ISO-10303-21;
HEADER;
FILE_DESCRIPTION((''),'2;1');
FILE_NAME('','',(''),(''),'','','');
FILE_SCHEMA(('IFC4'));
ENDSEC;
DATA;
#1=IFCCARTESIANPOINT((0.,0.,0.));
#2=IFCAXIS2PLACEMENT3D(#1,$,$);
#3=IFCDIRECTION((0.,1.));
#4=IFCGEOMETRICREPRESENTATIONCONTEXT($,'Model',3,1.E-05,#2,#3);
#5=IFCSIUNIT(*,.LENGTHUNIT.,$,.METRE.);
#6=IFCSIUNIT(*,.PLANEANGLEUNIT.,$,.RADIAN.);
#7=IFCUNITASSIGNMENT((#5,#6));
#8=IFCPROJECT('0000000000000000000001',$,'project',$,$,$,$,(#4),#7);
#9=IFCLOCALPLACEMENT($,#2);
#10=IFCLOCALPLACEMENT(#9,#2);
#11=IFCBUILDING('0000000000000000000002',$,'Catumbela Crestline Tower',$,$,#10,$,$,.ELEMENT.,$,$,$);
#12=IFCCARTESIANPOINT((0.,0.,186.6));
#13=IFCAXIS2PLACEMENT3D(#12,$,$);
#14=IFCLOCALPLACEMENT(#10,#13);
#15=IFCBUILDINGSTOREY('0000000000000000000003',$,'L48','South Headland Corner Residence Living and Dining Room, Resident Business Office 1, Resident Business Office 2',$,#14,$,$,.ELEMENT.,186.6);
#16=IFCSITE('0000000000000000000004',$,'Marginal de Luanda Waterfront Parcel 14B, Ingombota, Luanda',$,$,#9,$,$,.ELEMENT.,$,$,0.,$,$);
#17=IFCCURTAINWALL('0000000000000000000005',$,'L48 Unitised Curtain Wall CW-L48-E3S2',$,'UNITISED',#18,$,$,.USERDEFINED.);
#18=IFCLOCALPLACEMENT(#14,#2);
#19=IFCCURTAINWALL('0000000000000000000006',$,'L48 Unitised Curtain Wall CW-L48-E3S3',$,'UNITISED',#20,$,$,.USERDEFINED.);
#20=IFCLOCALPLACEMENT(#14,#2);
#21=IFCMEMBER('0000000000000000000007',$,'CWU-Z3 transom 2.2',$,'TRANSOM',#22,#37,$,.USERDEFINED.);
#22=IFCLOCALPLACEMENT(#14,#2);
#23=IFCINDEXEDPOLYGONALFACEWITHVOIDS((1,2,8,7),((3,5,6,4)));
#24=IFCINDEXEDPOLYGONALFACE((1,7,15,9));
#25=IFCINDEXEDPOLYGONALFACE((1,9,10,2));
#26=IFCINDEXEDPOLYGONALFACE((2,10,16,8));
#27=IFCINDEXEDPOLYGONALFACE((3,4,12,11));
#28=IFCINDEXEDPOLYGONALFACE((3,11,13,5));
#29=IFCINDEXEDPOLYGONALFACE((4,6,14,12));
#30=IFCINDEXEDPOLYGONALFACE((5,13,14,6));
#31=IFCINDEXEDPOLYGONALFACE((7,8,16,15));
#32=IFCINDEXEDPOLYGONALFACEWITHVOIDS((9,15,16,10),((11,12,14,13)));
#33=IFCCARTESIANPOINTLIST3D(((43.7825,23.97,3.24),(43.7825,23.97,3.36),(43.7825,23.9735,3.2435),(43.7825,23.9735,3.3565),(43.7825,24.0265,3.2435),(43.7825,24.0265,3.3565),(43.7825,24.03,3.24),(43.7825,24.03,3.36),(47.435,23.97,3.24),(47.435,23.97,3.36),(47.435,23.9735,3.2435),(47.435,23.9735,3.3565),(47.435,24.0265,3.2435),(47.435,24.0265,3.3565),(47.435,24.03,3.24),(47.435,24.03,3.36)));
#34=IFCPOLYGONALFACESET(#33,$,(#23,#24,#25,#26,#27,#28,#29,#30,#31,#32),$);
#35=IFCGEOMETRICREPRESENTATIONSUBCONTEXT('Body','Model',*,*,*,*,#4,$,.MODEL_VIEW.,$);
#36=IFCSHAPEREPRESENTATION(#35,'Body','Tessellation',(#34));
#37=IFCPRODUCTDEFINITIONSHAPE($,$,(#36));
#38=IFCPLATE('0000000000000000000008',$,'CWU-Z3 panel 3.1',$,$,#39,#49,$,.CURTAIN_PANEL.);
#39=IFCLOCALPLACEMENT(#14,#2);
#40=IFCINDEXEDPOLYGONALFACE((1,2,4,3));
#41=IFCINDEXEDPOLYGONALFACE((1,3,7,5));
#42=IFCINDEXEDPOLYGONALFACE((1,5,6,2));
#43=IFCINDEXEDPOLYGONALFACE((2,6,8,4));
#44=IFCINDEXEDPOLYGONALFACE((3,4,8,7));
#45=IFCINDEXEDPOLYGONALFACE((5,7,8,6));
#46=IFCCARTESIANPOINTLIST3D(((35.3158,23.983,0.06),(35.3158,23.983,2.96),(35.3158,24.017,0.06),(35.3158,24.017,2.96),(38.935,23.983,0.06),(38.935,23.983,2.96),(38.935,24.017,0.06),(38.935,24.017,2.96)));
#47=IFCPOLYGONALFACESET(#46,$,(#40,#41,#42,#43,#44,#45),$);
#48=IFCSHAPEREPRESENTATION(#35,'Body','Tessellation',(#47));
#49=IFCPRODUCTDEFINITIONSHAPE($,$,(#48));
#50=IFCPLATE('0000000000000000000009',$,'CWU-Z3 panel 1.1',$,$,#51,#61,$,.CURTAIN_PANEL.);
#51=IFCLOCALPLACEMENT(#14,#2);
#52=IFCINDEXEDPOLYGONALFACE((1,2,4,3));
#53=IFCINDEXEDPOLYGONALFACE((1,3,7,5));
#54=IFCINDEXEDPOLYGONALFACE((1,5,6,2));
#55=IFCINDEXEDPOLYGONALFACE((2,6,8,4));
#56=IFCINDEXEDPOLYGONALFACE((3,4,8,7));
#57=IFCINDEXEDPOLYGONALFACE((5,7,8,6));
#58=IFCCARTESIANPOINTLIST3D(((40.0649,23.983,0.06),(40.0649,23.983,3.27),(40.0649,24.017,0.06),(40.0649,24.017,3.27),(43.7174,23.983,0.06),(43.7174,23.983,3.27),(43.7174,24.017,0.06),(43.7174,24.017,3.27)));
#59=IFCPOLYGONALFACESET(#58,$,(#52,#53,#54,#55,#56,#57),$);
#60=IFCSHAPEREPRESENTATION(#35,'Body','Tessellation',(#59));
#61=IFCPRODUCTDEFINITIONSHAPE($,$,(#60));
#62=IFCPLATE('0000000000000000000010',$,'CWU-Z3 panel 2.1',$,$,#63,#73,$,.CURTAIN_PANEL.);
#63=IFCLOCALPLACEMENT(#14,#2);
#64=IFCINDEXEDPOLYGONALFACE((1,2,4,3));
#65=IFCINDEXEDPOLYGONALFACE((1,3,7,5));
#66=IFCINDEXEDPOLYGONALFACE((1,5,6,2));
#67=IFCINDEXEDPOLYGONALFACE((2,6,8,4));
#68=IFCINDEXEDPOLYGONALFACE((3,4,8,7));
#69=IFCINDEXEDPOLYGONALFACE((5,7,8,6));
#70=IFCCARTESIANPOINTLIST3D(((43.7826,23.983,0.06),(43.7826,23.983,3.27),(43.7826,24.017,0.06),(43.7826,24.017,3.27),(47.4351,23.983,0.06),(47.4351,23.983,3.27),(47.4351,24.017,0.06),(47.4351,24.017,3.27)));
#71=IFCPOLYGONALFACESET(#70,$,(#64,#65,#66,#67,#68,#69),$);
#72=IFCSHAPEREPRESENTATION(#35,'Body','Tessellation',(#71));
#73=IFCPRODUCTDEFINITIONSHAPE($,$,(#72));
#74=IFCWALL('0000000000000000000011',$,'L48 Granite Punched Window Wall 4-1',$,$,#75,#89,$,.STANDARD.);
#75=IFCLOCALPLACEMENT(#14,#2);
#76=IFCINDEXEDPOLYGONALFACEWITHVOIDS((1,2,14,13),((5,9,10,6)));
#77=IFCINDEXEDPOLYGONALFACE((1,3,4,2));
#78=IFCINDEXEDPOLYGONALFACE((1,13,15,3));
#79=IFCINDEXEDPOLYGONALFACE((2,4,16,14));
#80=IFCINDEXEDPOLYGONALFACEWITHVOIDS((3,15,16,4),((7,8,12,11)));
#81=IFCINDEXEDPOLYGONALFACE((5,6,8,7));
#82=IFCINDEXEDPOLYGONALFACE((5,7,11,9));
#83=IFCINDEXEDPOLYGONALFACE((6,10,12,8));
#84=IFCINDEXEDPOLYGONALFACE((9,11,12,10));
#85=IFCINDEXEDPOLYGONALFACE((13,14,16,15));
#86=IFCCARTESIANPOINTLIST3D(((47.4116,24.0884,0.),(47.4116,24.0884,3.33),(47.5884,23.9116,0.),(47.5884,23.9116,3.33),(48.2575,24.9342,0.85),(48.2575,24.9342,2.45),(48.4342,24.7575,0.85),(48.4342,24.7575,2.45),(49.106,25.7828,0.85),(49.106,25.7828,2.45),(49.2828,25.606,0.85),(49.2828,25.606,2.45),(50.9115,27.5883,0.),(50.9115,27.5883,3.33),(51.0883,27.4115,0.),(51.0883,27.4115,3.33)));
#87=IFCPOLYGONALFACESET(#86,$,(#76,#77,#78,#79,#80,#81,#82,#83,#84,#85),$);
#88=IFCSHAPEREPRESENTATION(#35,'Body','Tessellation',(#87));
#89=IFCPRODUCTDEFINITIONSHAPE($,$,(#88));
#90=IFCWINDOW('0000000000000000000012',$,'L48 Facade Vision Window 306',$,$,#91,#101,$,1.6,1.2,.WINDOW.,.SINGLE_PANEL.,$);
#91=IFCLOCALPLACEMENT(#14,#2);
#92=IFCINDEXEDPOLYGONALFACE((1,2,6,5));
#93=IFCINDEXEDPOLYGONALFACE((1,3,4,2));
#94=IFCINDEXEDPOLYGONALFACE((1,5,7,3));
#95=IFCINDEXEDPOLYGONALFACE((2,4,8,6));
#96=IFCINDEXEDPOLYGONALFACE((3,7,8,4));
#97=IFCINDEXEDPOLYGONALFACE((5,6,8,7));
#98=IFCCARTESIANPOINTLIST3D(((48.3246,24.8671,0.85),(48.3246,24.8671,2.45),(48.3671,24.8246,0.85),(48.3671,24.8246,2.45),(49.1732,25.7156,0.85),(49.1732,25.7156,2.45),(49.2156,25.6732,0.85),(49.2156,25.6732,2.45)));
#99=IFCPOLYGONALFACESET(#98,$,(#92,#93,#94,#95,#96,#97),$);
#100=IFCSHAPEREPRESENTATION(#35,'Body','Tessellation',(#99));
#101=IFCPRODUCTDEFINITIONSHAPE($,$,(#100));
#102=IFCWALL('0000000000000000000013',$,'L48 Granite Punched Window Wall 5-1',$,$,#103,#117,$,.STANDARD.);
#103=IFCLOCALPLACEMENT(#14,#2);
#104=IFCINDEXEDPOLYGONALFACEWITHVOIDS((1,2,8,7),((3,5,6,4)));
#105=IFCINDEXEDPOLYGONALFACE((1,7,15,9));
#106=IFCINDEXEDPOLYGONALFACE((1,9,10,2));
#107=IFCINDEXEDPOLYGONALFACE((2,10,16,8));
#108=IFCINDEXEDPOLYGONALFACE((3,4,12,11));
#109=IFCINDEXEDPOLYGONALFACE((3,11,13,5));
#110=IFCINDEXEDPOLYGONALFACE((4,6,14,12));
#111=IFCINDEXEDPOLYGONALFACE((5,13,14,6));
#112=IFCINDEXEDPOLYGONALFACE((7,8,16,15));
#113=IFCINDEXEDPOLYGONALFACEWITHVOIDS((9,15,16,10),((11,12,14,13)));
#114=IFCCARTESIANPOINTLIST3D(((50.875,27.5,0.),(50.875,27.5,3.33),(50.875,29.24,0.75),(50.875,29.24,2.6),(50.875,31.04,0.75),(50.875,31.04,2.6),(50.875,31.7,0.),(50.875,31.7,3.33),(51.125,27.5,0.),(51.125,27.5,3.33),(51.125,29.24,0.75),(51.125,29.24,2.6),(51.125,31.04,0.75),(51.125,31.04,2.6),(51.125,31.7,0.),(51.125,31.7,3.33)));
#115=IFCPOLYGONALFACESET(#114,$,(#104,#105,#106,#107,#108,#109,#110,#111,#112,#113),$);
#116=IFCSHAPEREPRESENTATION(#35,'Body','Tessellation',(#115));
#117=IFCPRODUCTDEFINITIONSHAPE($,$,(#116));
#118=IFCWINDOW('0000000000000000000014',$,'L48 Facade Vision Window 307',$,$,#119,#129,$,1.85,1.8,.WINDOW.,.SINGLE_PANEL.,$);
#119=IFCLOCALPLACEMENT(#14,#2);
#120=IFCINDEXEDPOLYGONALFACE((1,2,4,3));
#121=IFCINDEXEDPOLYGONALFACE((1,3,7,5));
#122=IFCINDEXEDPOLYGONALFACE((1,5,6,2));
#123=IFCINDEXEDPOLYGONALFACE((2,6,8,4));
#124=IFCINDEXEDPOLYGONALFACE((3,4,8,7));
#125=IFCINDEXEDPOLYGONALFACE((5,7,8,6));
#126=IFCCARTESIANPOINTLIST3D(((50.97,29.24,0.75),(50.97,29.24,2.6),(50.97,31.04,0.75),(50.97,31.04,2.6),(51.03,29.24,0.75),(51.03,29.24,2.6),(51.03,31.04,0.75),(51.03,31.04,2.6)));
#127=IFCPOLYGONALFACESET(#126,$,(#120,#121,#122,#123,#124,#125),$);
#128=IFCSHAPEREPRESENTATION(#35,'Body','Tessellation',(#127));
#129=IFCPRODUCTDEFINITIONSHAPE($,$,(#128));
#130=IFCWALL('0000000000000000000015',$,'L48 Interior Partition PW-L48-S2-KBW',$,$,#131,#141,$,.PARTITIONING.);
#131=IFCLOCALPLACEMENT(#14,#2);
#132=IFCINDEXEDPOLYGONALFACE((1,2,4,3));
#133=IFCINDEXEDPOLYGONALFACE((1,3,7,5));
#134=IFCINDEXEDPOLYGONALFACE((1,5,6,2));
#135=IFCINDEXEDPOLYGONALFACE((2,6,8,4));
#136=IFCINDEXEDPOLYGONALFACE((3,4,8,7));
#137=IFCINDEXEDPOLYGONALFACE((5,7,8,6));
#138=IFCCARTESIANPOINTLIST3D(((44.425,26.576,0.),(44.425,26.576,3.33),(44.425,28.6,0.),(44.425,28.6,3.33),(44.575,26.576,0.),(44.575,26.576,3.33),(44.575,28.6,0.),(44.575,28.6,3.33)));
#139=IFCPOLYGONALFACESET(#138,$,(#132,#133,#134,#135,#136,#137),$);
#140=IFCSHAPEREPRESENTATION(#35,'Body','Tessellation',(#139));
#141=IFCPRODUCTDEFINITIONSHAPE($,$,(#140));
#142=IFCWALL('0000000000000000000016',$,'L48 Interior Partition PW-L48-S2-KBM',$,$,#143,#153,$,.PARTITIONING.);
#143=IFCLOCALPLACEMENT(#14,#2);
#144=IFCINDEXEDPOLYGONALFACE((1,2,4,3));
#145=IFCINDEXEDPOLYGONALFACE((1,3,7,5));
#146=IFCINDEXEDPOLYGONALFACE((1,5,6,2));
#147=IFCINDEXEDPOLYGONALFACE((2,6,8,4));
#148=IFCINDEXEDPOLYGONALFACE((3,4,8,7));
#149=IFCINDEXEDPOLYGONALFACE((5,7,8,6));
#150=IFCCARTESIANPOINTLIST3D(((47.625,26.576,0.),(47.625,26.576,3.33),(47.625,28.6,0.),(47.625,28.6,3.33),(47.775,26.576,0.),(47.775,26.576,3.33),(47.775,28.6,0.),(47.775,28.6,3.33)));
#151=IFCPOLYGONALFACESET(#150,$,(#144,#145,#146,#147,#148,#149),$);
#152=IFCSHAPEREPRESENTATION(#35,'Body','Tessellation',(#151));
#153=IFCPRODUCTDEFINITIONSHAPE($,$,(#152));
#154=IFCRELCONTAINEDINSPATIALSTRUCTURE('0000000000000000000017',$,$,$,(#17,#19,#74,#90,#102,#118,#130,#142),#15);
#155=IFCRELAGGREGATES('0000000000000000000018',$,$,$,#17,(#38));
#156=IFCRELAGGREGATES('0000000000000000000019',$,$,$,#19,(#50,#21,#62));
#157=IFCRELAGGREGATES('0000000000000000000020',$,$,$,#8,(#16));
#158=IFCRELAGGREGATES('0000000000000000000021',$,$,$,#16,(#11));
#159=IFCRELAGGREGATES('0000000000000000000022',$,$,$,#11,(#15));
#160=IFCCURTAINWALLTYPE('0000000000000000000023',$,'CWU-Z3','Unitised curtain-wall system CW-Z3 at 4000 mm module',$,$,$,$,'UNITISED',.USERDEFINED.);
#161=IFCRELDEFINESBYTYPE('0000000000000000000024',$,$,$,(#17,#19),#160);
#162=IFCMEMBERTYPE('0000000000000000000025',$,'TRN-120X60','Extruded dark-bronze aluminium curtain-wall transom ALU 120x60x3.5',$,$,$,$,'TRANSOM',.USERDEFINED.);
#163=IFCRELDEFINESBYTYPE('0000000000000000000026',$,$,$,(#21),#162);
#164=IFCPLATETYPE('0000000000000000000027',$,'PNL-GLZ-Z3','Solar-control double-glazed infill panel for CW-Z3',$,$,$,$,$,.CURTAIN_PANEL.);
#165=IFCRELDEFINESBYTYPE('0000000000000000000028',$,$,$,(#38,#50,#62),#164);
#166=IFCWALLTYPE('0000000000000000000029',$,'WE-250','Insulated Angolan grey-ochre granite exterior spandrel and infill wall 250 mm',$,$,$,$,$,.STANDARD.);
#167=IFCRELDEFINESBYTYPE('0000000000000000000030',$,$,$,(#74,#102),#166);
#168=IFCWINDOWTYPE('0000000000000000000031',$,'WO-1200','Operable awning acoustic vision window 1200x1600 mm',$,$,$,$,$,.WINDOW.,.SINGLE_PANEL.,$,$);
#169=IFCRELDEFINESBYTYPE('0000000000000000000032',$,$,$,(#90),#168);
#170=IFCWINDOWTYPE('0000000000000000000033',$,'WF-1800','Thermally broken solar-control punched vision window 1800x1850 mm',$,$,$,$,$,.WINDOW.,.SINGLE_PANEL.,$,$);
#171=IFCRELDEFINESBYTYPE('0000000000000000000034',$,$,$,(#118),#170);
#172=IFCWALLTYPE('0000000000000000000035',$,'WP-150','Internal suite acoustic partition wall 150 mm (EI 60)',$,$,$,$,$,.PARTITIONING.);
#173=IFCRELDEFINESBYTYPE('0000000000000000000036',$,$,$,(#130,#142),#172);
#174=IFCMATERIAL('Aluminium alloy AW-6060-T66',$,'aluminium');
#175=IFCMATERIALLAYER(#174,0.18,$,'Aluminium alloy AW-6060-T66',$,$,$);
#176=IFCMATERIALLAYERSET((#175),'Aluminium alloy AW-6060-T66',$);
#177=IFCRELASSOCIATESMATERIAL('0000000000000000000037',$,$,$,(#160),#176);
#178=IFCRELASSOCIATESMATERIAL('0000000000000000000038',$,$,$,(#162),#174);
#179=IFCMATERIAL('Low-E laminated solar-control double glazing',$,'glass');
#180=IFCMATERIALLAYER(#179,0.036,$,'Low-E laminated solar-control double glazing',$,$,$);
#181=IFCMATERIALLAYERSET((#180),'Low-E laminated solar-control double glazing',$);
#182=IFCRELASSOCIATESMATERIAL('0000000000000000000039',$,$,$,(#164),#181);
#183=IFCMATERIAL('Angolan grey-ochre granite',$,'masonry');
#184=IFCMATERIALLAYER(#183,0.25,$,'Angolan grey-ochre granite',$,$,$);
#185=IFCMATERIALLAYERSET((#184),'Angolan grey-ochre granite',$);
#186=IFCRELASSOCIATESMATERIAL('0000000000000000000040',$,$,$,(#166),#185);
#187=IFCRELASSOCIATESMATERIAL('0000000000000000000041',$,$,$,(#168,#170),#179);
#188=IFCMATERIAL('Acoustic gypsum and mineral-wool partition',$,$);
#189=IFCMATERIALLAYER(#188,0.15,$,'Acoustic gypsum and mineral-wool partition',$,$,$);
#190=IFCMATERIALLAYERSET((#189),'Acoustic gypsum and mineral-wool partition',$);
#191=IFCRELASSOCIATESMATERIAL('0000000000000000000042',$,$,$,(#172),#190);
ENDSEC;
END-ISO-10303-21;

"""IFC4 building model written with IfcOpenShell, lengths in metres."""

from ifc_helpers import new_model, si_unit, direction, frame, frame_2d, origin, origin_2d, place, context, subcontext, project, spatial, rectangle, hollow_rectangle, extrude, material, layer, layer_set, material_profile, profile_set, type_object, element, fill, aggregate, save


model = new_model("IFC4")

# Units and contexts
model_context = context("Model", 3, precision=1e-05, world=origin(), true_north=direction((0.0, 1.0)))
body_context = subcontext(model_context, "Body", "Model", "MODEL_VIEW")
ifc_project = project(units=[si_unit("LENGTHUNIT", "METRE"), si_unit("PLANEANGLEUNIT", "RADIAN")], contexts=[model_context])

# Site, building, storey
site_placement = place(None, origin())
site = spatial("IfcSite", under=ifc_project, at=site_placement, Name="Marginal de Luanda Waterfront Parcel 14B, Ingombota, Luanda", CompositionType="ELEMENT", RefElevation=0.0)
building_placement = place(site_placement, origin())
building = spatial("IfcBuilding", under=site, at=building_placement, Name="Catumbela Crestline Tower", CompositionType="ELEMENT")
storey_placement = place(building_placement, frame((0.0, 0.0, 186.6)))
storey = spatial("IfcBuildingStorey", under=building, at=storey_placement, Name="L48", Description="South Headland Corner Residence Living and Dining Room, Resident Business Office 1, Resident Business Office 2", CompositionType="ELEMENT", Elevation=186.6)

# Curtain wall
ifc_material_1 = material(Name="Aluminium alloy AW-6060-T66", Category="aluminium")
ifc_layer_1 = layer(ifc_material_1, 0.18, Name="Aluminium alloy AW-6060-T66")
ifc_layer_set_1 = layer_set([ifc_layer_1], Name="Aluminium alloy AW-6060-T66")
curtain_wall_type = type_object("IfcCurtainWallType", Name="CWU-Z3", Description="Unitised curtain-wall system CW-Z3 at 4000 mm module", ElementType="UNITISED", PredefinedType="USERDEFINED", material=ifc_layer_set_1)
curtain_wall_1_placement = place(storey_placement, origin())
curtain_wall_1 = element("IfcCurtainWall", 1, at=curtain_wall_1_placement, inside=storey, type_object=curtain_wall_type, Name="L48 Unitised Curtain Wall CW-L48-E3S2", ObjectType="UNITISED", PredefinedType="USERDEFINED")

# Curtain wall, member
curtain_wall_2_placement = place(storey_placement, origin())
curtain_wall_2 = element("IfcCurtainWall", 2, at=curtain_wall_2_placement, inside=storey, type_object=curtain_wall_type, Name="L48 Unitised Curtain Wall CW-L48-E3S3", ObjectType="UNITISED", PredefinedType="USERDEFINED")
ifc_material_profile_1 = material_profile(ifc_material_1, hollow_rectangle(XDim=0.06, YDim=0.12, WallThickness=0.0035, at=origin_2d()), Name="ALU 120x60x3.5")
ifc_profile_set_1 = profile_set([ifc_material_profile_1], Name="Aluminium alloy AW-6060-T66")
member_type_1 = type_object("IfcMemberType", Name="TRN-120X60", Description="Extruded dark-bronze aluminium curtain-wall transom ALU 120x60x3.5", ElementType="TRANSOM", PredefinedType="USERDEFINED", material=ifc_profile_set_1)
member_1_placement = place(storey_placement, frame((43.7825, 24.0, 3.3), z_axis=(1.0, 0.0, 0.0), x_axis=(0.0, 1.0, 0.0)))
member_1 = element("IfcMember", 3, at=member_1_placement, type_object=member_type_1, Name="CWU-Z3 transom 2.2", ObjectType="TRANSOM", PredefinedType="USERDEFINED", context=body_context, shape_type="SweptSolid", body=[
    extrude(hollow_rectangle(XDim=0.06, YDim=0.12, WallThickness=0.0035, at=origin_2d()), origin(), (0.0, 0.0, 1.0), 3.6525),
])

# Plates
ifc_material_2 = material(Name="Low-E laminated solar-control double glazing", Category="glass")
ifc_layer_2 = layer(ifc_material_2, 0.036, Name="Low-E laminated solar-control double glazing")
ifc_layer_set_2 = layer_set([ifc_layer_2], Name="Low-E laminated solar-control double glazing")
plate_type = type_object("IfcPlateType", Name="PNL-GLZ-Z3", Description="Solar-control double-glazed infill panel for CW-Z3", PredefinedType="CURTAIN_PANEL", material=ifc_layer_set_2)
plate_1_placement = place(storey_placement, frame((37.1254, 24.0, 0.06), z_axis=(0.0, 0.0, 1.0), x_axis=(1.0, 0.0, 0.0)))
plate_1 = element("IfcPlate", 4, at=plate_1_placement, type_object=plate_type, Name="CWU-Z3 panel 3.1", PredefinedType="CURTAIN_PANEL", context=body_context, shape_type="SweptSolid", body=[
    extrude(rectangle(XDim=3.6192, YDim=0.034, at=origin_2d()), origin(), (0.0, 0.0, 1.0), 2.9),
])
aggregate(curtain_wall_1, [plate_1])
plate_2_placement = place(storey_placement, frame((41.8912, 24.0, 0.06), z_axis=(0.0, 0.0, 1.0), x_axis=(1.0, 0.0, 0.0)))
plate_2 = element("IfcPlate", 5, at=plate_2_placement, type_object=plate_type, Name="CWU-Z3 panel 1.1", PredefinedType="CURTAIN_PANEL", context=body_context, shape_type="SweptSolid", body=[
    extrude(rectangle(XDim=3.6525, YDim=0.034, at=origin_2d()), origin(), (0.0, 0.0, 1.0), 3.21),
])
plate_3_placement = place(storey_placement, frame((45.6088, 24.0, 0.06), z_axis=(0.0, 0.0, 1.0), x_axis=(1.0, 0.0, 0.0)))
plate_3 = element("IfcPlate", 6, at=plate_3_placement, type_object=plate_type, Name="CWU-Z3 panel 2.1", PredefinedType="CURTAIN_PANEL", context=body_context, shape_type="SweptSolid", body=[
    extrude(rectangle(XDim=3.6525, YDim=0.034, at=origin_2d()), origin(), (0.0, 0.0, 1.0), 3.21),
])
aggregate(curtain_wall_2, [plate_2, member_1, plate_3])

# Walls, openings, windows
ifc_material_3 = material(Name="Angolan grey-ochre granite", Category="masonry")
ifc_layer_3 = layer(ifc_material_3, 0.25, Name="Angolan grey-ochre granite")
ifc_layer_set_3 = layer_set([ifc_layer_3], Name="Angolan grey-ochre granite")
wall_type_1 = type_object("IfcWallType", Name="WE-250", Description="Insulated Angolan grey-ochre granite exterior spandrel and infill wall 250 mm", PredefinedType="STANDARD", material=ifc_layer_set_3)
wall_1_placement = place(storey_placement, frame((47.5, 24.0, 0.0), z_axis=(0.0, 0.0, 1.0), x_axis=(0.707107, 0.707107, 0.0)))
wall_1 = element("IfcWall", 7, at=wall_1_placement, inside=storey, type_object=wall_type_1, Name="L48 Granite Punched Window Wall 4-1", PredefinedType="STANDARD", context=body_context, shape_type="SweptSolid", body=[
    extrude(rectangle(XDim=4.9497, YDim=0.25, at=frame_2d((2.4748, 0.0))), origin(), (0.0, 0.0, 1.0), 3.33),
])
opening_1_placement = place(wall_1_placement, frame((1.1962, 0.0, 0.85)))
opening_1 = element("IfcOpeningElement", 8, at=opening_1_placement, cuts=wall_1, PredefinedType="OPENING", context=body_context, shape_type="SweptSolid", body=[
    extrude(rectangle(XDim=1.2, YDim=1.6, at=frame_2d((0.6, 0.8))), frame((0.0, 0.135, 0.0), z_axis=(0.0, -1.0, 0.0), x_axis=(1.0, 0.0, 0.0)), (0.0, 0.0, 1.0), 0.27),
])
window_type_1 = type_object("IfcWindowType", Name="WO-1200", Description="Operable awning acoustic vision window 1200x1600 mm", PartitioningType="SINGLE_PANEL", PredefinedType="WINDOW", material=ifc_material_2)
window_1_placement = place(opening_1_placement, origin())
window_1 = element("IfcWindow", 9, at=window_1_placement, inside=storey, type_object=window_type_1, Name="L48 Facade Vision Window 306", OverallHeight=1.6, OverallWidth=1.2, PartitioningType="SINGLE_PANEL", PredefinedType="WINDOW", context=body_context, shape_type="SweptSolid", body=[
    extrude(rectangle(XDim=1.2, YDim=1.6, at=frame_2d((0.6, 0.8))), frame((0.0, 0.03, 0.0), z_axis=(0.0, -1.0, 0.0), x_axis=(1.0, 0.0, 0.0)), (0.0, 0.0, 1.0), 0.06),
])
fill(opening_1, window_1)
wall_2_placement = place(storey_placement, frame((51.0, 27.5, 0.0), z_axis=(0.0, 0.0, 1.0), x_axis=(0.0, 1.0, 0.0)))
wall_2 = element("IfcWall", 10, at=wall_2_placement, inside=storey, type_object=wall_type_1, Name="L48 Granite Punched Window Wall 5-1", PredefinedType="STANDARD", context=body_context, shape_type="SweptSolid", body=[
    extrude(rectangle(XDim=4.2, YDim=0.25, at=frame_2d((2.1, 0.0))), origin(), (0.0, 0.0, 1.0), 3.33),
])
opening_2_placement = place(wall_2_placement, frame((1.74, 0.0, 0.75)))
opening_2 = element("IfcOpeningElement", 11, at=opening_2_placement, cuts=wall_2, PredefinedType="OPENING", context=body_context, shape_type="SweptSolid", body=[
    extrude(rectangle(XDim=1.8, YDim=1.85, at=frame_2d((0.9, 0.925))), frame((0.0, 0.135, 0.0), z_axis=(0.0, -1.0, 0.0), x_axis=(1.0, 0.0, 0.0)), (0.0, 0.0, 1.0), 0.27),
])
window_type_2 = type_object("IfcWindowType", Name="WF-1800", Description="Thermally broken solar-control punched vision window 1800x1850 mm", PartitioningType="SINGLE_PANEL", PredefinedType="WINDOW", material=ifc_material_2)
window_2_placement = place(opening_2_placement, origin())
window_2 = element("IfcWindow", 12, at=window_2_placement, inside=storey, type_object=window_type_2, Name="L48 Facade Vision Window 307", OverallHeight=1.85, OverallWidth=1.8, PartitioningType="SINGLE_PANEL", PredefinedType="WINDOW", context=body_context, shape_type="SweptSolid", body=[
    extrude(rectangle(XDim=1.8, YDim=1.85, at=frame_2d((0.9, 0.925))), frame((0.0, 0.03, 0.0), z_axis=(0.0, -1.0, 0.0), x_axis=(1.0, 0.0, 0.0)), (0.0, 0.0, 1.0), 0.06),
])
fill(opening_2, window_2)

# Walls
ifc_material_4 = material(Name="Acoustic gypsum and mineral-wool partition")
ifc_layer_4 = layer(ifc_material_4, 0.15, Name="Acoustic gypsum and mineral-wool partition")
ifc_layer_set_4 = layer_set([ifc_layer_4], Name="Acoustic gypsum and mineral-wool partition")
wall_type_2 = type_object("IfcWallType", Name="WP-150", Description="Internal suite acoustic partition wall 150 mm (EI 60)", PredefinedType="PARTITIONING", material=ifc_layer_set_4)
for number, where, z_axis, x_axis, name in (
    (13, (44.5, 26.576, 0.0), (0.0, 0.0, 1.0), (0.0, 1.0, 0.0), "L48 Interior Partition PW-L48-S2-KBW"),
    (14, (47.7, 26.576, 0.0), (0.0, 0.0, 1.0), (0.0, 1.0, 0.0), "L48 Interior Partition PW-L48-S2-KBM"),
):
    element("IfcWall", number, at=place(storey_placement, frame(where, z_axis=z_axis, x_axis=x_axis)), inside=storey, type_object=wall_type_2, Name=name, PredefinedType="PARTITIONING", context=body_context, shape_type="SweptSolid", body=[
        extrude(rectangle(XDim=2.024, YDim=0.15, at=frame_2d((1.012, 0.0))), origin(), (0.0, 0.0, 1.0), 3.33),
    ])

save(model, "model.ifc")
